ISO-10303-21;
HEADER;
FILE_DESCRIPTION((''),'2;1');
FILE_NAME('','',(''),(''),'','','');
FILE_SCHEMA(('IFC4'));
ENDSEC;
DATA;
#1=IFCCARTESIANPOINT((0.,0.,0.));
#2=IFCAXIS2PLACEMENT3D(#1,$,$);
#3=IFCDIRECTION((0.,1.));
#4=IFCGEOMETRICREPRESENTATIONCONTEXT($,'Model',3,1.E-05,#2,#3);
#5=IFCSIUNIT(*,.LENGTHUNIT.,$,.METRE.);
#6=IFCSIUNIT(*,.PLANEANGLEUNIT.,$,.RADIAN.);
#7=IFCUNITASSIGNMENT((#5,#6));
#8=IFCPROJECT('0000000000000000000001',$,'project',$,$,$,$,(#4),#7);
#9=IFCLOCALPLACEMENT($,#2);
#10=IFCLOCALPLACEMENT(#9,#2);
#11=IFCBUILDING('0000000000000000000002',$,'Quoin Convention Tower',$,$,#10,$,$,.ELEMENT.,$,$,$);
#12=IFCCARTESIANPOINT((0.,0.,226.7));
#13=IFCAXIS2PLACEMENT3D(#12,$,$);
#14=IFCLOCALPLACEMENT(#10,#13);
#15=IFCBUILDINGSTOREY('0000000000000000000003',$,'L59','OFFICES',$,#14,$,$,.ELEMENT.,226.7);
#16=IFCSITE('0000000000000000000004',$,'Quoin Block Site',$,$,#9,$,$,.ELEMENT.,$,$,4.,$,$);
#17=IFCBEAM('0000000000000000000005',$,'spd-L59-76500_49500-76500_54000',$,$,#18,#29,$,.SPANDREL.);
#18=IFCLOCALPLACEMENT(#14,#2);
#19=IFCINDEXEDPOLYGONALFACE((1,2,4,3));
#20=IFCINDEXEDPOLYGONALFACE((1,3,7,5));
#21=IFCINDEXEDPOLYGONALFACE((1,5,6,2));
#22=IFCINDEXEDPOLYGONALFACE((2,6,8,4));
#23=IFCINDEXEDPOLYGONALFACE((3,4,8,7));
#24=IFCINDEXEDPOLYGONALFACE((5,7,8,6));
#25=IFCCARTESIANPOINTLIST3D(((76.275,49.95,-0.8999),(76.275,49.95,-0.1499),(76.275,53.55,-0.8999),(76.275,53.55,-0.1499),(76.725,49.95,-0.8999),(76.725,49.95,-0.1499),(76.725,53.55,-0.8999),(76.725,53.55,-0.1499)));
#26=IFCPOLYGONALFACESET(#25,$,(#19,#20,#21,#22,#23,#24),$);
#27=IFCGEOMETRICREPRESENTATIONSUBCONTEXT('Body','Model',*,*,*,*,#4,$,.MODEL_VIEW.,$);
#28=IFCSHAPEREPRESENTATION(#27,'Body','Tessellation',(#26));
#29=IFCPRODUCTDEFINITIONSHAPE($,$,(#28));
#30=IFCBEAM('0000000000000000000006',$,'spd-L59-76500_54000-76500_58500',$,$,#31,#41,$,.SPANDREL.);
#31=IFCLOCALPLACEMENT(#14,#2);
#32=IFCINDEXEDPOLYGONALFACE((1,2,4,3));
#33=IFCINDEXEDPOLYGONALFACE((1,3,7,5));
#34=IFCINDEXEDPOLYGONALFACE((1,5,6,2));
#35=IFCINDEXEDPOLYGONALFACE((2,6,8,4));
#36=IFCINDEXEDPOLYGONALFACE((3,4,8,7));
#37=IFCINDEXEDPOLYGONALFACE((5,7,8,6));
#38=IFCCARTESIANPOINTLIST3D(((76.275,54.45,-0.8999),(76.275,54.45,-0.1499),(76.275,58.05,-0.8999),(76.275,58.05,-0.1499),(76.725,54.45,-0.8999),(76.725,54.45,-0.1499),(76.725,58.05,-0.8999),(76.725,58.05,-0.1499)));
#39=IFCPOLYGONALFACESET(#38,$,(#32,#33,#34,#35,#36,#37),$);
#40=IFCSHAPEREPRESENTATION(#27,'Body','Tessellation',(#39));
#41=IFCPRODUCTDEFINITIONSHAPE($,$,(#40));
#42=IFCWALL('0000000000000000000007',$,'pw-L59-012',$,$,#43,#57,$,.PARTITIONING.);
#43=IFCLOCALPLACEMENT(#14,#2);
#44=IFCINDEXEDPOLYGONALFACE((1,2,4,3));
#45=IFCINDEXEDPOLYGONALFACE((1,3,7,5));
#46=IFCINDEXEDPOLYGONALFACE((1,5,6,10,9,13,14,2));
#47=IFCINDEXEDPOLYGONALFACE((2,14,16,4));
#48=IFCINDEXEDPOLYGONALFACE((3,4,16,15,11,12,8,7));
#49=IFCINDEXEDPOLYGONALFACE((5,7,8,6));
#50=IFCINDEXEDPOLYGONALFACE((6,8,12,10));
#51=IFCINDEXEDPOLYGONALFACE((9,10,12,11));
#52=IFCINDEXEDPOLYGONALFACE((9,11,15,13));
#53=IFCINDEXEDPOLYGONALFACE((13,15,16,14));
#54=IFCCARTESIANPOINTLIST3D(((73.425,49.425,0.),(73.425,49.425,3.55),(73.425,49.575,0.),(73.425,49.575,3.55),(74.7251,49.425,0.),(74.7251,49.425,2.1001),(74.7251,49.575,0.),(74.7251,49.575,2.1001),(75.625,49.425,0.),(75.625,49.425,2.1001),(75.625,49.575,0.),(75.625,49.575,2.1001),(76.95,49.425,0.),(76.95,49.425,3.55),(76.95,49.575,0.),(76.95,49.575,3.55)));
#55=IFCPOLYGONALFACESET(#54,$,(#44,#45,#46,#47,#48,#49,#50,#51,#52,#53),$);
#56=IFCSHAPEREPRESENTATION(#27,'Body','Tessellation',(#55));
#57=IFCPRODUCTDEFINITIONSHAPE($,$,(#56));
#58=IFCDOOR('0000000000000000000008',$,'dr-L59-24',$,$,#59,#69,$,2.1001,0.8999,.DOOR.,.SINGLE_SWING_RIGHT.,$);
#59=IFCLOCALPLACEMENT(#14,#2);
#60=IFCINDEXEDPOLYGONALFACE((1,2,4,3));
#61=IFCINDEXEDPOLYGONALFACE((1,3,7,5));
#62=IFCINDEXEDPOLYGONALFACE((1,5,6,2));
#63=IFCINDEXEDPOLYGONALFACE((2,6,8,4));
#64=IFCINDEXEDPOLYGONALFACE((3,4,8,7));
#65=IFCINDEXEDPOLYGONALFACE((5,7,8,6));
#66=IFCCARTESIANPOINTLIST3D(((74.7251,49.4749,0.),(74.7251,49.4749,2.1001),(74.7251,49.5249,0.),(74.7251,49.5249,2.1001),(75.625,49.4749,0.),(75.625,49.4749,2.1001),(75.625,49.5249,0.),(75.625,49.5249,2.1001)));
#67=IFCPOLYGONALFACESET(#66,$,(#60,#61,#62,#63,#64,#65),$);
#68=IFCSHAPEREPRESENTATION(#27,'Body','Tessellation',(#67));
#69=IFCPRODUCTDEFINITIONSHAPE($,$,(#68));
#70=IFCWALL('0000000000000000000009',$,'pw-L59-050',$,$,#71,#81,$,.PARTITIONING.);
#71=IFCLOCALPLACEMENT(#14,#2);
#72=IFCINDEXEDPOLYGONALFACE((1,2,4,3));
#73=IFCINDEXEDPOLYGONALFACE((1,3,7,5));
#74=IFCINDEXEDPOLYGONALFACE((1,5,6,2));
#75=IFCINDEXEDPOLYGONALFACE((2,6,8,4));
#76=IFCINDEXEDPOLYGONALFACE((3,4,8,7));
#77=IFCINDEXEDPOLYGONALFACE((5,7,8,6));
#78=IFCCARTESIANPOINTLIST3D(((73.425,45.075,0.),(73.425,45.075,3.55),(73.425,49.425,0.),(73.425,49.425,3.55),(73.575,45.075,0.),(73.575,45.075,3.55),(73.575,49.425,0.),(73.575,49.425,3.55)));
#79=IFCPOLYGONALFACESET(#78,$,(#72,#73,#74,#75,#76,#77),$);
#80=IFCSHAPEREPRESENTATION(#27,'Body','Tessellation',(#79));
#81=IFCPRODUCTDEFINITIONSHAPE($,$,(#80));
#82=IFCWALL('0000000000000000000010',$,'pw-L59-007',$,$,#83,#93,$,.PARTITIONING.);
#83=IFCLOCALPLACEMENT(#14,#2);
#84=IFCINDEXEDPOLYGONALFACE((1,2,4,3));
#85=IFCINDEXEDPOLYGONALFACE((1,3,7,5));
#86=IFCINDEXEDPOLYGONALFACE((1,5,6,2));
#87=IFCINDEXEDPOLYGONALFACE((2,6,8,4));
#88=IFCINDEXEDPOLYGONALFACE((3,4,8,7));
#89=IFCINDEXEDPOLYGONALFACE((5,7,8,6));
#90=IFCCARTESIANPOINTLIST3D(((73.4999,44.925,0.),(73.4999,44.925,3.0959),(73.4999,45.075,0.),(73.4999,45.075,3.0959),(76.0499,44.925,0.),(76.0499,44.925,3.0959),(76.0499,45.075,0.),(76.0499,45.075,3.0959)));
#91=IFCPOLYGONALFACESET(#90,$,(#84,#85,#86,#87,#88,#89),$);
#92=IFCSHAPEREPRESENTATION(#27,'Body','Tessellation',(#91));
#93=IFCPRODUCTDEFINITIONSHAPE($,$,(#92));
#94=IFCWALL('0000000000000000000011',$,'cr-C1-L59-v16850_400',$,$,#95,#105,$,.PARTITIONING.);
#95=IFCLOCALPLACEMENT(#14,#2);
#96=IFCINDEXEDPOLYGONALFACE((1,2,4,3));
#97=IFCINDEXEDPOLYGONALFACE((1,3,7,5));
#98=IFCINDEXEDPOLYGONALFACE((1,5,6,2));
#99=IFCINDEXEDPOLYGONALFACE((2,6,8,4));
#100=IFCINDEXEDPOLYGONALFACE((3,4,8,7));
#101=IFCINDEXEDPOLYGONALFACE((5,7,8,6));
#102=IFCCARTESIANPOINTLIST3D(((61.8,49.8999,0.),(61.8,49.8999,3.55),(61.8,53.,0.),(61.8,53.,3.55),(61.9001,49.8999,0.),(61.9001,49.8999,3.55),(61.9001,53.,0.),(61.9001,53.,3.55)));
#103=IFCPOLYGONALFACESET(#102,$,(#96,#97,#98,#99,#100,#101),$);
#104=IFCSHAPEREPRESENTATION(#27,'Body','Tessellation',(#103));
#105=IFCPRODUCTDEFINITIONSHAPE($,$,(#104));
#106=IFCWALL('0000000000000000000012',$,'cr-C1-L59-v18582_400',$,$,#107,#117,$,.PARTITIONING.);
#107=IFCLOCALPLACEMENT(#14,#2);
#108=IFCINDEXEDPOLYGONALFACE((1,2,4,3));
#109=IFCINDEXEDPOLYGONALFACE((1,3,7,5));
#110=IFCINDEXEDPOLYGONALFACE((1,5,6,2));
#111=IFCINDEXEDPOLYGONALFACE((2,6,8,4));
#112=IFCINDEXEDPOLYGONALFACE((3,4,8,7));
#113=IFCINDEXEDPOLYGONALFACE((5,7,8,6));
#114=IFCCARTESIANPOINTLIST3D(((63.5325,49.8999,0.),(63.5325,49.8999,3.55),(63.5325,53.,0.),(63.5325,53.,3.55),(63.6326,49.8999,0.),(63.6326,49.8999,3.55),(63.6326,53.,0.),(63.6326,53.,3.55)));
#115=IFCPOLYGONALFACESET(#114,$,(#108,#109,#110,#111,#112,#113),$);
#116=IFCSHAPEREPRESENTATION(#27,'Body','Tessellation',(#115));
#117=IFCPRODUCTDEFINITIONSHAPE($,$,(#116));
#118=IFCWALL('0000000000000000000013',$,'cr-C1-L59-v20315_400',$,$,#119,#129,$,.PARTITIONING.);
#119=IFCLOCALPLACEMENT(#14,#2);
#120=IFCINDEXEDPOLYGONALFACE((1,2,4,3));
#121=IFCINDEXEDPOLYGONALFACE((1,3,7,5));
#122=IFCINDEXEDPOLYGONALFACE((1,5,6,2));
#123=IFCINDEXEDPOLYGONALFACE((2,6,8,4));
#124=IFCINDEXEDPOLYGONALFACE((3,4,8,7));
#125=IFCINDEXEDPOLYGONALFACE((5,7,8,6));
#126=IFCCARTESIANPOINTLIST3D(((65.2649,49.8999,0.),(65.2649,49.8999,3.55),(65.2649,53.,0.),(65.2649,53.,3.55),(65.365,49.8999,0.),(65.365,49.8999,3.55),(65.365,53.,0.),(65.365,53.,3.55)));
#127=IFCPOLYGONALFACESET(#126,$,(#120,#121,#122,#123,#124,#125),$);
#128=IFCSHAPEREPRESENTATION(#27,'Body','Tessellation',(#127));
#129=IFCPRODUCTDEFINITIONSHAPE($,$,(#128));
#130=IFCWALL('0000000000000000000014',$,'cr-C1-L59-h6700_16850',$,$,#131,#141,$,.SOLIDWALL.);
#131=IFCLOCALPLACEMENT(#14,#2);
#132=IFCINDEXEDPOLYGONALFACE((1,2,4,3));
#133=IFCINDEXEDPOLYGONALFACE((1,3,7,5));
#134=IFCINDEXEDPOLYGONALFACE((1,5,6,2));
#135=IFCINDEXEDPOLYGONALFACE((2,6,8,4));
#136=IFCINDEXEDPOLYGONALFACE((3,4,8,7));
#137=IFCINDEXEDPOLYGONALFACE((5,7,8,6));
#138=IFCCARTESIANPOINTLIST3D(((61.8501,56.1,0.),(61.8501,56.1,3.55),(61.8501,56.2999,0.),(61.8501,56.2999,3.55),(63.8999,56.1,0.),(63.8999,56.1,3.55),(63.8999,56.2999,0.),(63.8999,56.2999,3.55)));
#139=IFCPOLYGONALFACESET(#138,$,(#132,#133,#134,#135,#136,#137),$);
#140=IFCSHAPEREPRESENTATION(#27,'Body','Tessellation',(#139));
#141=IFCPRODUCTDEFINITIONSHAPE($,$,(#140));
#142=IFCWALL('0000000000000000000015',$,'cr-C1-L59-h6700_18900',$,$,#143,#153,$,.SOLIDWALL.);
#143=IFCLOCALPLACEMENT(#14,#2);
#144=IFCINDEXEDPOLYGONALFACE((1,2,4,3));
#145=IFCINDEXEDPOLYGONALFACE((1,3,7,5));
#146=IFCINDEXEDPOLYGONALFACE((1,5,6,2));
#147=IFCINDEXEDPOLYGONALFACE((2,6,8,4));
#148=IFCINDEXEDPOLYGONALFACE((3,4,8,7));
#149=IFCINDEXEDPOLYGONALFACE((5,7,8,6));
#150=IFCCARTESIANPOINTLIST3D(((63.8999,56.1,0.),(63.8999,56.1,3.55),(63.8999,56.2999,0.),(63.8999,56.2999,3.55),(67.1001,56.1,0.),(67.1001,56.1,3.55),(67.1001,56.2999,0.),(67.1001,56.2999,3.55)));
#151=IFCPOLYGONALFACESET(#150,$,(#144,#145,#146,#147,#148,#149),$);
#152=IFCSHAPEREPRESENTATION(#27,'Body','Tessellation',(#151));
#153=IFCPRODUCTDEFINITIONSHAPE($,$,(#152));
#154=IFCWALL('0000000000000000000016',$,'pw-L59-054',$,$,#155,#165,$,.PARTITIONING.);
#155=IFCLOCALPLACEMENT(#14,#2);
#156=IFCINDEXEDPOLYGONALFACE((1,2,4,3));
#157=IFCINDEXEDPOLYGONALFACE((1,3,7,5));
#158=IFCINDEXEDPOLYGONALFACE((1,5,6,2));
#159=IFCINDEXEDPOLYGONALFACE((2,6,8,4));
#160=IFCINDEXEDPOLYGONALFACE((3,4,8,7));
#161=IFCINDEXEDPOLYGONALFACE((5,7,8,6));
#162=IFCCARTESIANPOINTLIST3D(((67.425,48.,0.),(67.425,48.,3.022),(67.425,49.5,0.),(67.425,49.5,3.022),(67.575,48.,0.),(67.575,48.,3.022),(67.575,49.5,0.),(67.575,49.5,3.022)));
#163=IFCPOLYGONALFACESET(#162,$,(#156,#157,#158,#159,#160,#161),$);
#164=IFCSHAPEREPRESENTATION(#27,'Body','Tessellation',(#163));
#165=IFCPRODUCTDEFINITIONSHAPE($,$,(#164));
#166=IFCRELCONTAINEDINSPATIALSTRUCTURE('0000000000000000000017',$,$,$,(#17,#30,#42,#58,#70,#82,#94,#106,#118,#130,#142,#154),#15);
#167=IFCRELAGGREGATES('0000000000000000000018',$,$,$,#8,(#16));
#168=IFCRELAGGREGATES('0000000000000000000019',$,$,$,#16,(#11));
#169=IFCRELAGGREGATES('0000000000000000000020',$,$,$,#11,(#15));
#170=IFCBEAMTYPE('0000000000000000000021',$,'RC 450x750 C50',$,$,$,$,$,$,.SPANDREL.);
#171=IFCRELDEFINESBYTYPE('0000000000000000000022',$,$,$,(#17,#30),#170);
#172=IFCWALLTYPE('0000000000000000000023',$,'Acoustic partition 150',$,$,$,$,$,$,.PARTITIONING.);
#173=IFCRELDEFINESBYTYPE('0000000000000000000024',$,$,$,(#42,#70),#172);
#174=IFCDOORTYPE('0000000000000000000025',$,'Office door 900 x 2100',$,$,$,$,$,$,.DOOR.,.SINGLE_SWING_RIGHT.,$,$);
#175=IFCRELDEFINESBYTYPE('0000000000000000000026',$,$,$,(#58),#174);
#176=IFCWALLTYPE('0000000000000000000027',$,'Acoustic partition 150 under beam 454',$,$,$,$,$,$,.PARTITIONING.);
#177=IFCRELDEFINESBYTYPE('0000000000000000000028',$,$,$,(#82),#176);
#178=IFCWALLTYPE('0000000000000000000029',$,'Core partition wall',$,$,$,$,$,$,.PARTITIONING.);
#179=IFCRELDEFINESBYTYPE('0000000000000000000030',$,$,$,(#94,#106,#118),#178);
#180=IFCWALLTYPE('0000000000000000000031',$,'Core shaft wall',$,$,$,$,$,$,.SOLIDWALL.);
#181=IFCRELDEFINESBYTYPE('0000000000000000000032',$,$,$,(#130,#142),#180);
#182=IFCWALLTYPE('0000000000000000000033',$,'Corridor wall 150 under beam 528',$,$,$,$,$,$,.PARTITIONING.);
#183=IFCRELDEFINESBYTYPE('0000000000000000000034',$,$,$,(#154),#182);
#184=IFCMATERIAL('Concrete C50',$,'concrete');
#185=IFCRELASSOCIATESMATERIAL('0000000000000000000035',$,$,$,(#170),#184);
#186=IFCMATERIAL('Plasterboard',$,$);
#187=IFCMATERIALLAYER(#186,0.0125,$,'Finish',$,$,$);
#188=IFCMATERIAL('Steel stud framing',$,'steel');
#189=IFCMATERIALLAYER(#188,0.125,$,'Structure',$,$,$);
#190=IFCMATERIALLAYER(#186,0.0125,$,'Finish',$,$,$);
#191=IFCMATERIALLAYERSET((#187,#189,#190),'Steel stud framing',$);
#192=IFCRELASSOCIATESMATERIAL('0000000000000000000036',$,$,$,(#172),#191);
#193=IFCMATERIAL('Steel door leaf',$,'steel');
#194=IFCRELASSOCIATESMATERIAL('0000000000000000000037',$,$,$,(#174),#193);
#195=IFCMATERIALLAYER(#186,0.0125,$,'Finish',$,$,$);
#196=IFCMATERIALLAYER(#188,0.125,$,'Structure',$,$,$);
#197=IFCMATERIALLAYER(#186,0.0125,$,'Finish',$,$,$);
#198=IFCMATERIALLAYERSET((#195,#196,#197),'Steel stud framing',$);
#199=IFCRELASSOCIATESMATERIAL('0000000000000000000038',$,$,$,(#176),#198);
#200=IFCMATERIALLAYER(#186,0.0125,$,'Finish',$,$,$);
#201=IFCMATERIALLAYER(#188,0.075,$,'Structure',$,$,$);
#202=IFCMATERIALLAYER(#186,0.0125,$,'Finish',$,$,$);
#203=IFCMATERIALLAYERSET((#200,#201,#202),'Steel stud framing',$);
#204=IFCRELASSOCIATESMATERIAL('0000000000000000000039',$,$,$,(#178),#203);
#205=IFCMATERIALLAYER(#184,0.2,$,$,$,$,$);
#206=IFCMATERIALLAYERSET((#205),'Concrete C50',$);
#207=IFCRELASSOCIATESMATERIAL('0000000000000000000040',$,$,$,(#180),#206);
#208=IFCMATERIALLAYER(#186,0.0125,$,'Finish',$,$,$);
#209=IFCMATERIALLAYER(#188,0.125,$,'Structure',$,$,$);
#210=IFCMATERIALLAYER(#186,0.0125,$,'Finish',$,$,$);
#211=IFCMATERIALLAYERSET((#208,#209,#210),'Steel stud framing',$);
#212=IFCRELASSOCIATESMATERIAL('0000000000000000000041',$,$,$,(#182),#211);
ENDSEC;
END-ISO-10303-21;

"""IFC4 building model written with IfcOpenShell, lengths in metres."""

from ifc_helpers import new_model, si_unit, direction, frame, frame_2d, origin, origin_2d, place, context, subcontext, project, spatial, rectangle, extrude, material, layer, layer_set, material_profile, profile_set, type_object, element, fill, save


model = new_model("IFC4")

# Units and contexts
model_context = context("Model", 3, precision=1e-05, world=origin(), true_north=direction((0.0, 1.0)))
body_context = subcontext(model_context, "Body", "Model", "MODEL_VIEW")
ifc_project = project(units=[si_unit("LENGTHUNIT", "METRE"), si_unit("PLANEANGLEUNIT", "RADIAN")], contexts=[model_context])

# Site, building, storey
site_placement = place(None, origin())
site = spatial("IfcSite", under=ifc_project, at=site_placement, Name="Quoin Block Site", CompositionType="ELEMENT", RefElevation=4.0)
building_placement = place(site_placement, origin())
building = spatial("IfcBuilding", under=site, at=building_placement, Name="Quoin Convention Tower", CompositionType="ELEMENT")
storey_placement = place(building_placement, frame((0.0, 0.0, 226.7)))
storey = spatial("IfcBuildingStorey", under=building, at=storey_placement, Name="L59", Description="OFFICES", CompositionType="ELEMENT", Elevation=226.7)

# Shared definitions
ifc_material_1 = material(Name="Concrete C50", Category="concrete")

# Beams
ifc_material_profile_1 = material_profile(ifc_material_1, rectangle(XDim=0.45, YDim=0.75, at=origin_2d()), Name="RC 450x750")
ifc_profile_set_1 = profile_set([ifc_material_profile_1], Name="Concrete C50")
beam_type_1 = type_object("IfcBeamType", Name="RC 450x750 C50", PredefinedType="SPANDREL", material=ifc_profile_set_1)
for number, where, z_axis, x_axis, name in (
    (1, (76.5, 49.95, -0.5249), (0.0, 1.0, 0.0), (-1.0, 0.0, 0.0), "spd-L59-76500_49500-76500_54000"),
    (2, (76.5, 54.45, -0.5249), (0.0, 1.0, 0.0), (-1.0, 0.0, 0.0), "spd-L59-76500_54000-76500_58500"),
):
    element("IfcBeam", number, at=place(storey_placement, frame(where, z_axis=z_axis, x_axis=x_axis)), inside=storey, type_object=beam_type_1, Name=name, PredefinedType="SPANDREL", context=body_context, shape_type="SweptSolid", body=[
        extrude(rectangle(XDim=0.45, YDim=0.75, at=origin_2d()), origin(), (0.0, 0.0, 1.0), 3.6001),
    ])

# Wall, opening, door
ifc_material_2 = material(Name="Plasterboard")
ifc_layer_1 = layer(ifc_material_2, 0.0125, Name="Finish")
ifc_material_3 = material(Name="Steel stud framing", Category="steel")
ifc_layer_2 = layer(ifc_material_3, 0.125, Name="Structure")
ifc_layer_3 = layer(ifc_material_2, 0.0125, Name="Finish")
ifc_layer_set_1 = layer_set([ifc_layer_1, ifc_layer_2, ifc_layer_3], Name="Steel stud framing")
wall_type_1 = type_object("IfcWallType", Name="Acoustic partition 150", PredefinedType="PARTITIONING", material=ifc_layer_set_1)
wall_1_placement = place(storey_placement, frame((73.425, 49.5, 0.0), z_axis=(0.0, 0.0, 1.0), x_axis=(1.0, 0.0, 0.0)))
wall_1 = element("IfcWall", 3, at=wall_1_placement, inside=storey, type_object=wall_type_1, Name="pw-L59-012", PredefinedType="PARTITIONING", context=body_context, shape_type="SweptSolid", body=[
    extrude(rectangle(XDim=3.5249, YDim=0.1499, at=frame_2d((1.7625, 0.0))), origin(), (0.0, 0.0, 1.0), 3.55),
])
opening_1_placement = place(wall_1_placement, frame((1.3, 0.0, 0.0)))
opening_1 = element("IfcOpeningElement", 4, at=opening_1_placement, cuts=wall_1, PredefinedType="OPENING", context=body_context, shape_type="SweptSolid", body=[
    extrude(rectangle(XDim=0.8999, YDim=2.1001, at=frame_2d((0.45, 1.05))), frame((0.0, 0.085, 0.0), z_axis=(0.0, -1.0, 0.0), x_axis=(1.0, 0.0, 0.0)), (0.0, 0.0, 1.0), 0.1699),
])
ifc_material_4 = material(Name="Steel door leaf", Category="steel")
door_type_1 = type_object("IfcDoorType", Name="Office door 900 x 2100", OperationType="SINGLE_SWING_RIGHT", PredefinedType="DOOR", material=ifc_material_4)
door_1_placement = place(opening_1_placement, origin())
door_1 = element("IfcDoor", 5, at=door_1_placement, inside=storey, type_object=door_type_1, Name="dr-L59-24", OperationType="SINGLE_SWING_RIGHT", OverallHeight=2.1001, OverallWidth=0.8999, PredefinedType="DOOR", context=body_context, shape_type="SweptSolid", body=[
    extrude(rectangle(XDim=0.8999, YDim=2.1001, at=frame_2d((0.45, 1.05))), frame((0.0, 0.0249, 0.0), z_axis=(0.0, -1.0, 0.0), x_axis=(1.0, 0.0, 0.0)), (0.0, 0.0, 1.0), 0.05),
])
fill(opening_1, door_1)

# Walls
wall_2_placement = place(storey_placement, frame((73.5, 45.075, 0.0), z_axis=(0.0, 0.0, 1.0), x_axis=(0.0, 1.0, 0.0)))
element("IfcWall", 6, at=wall_2_placement, inside=storey, type_object=wall_type_1, Name="pw-L59-050", PredefinedType="PARTITIONING", context=body_context, shape_type="SweptSolid", body=[
    extrude(rectangle(XDim=4.3501, YDim=0.1499, at=frame_2d((2.175, 0.0))), origin(), (0.0, 0.0, 1.0), 3.55),
])
ifc_layer_4 = layer(ifc_material_2, 0.0125, Name="Finish")
ifc_layer_5 = layer(ifc_material_3, 0.125, Name="Structure")
ifc_layer_6 = layer(ifc_material_2, 0.0125, Name="Finish")
ifc_layer_set_2 = layer_set([ifc_layer_4, ifc_layer_5, ifc_layer_6], Name="Steel stud framing")
wall_type_2 = type_object("IfcWallType", Name="Acoustic partition 150 under beam 454", PredefinedType="PARTITIONING", material=ifc_layer_set_2)
wall_3_placement = place(storey_placement, frame((73.5, 45.0, 0.0), z_axis=(0.0, 0.0, 1.0), x_axis=(1.0, 0.0, 0.0)))
element("IfcWall", 7, at=wall_3_placement, inside=storey, type_object=wall_type_2, Name="pw-L59-007", PredefinedType="PARTITIONING", context=body_context, shape_type="SweptSolid", body=[
    extrude(rectangle(XDim=2.55, YDim=0.1499, at=frame_2d((1.2749, 0.0))), origin(), (0.0, 0.0, 1.0), 3.0959),
])
ifc_layer_7 = layer(ifc_material_2, 0.0125, Name="Finish")
ifc_layer_8 = layer(ifc_material_3, 0.075, Name="Structure")
ifc_layer_9 = layer(ifc_material_2, 0.0125, Name="Finish")
ifc_layer_set_3 = layer_set([ifc_layer_7, ifc_layer_8, ifc_layer_9], Name="Steel stud framing")
wall_type_3 = type_object("IfcWallType", Name="Core partition wall", PredefinedType="PARTITIONING", material=ifc_layer_set_3)
for number, where, z_axis, x_axis, name in (
    (8, (61.8501, 49.8999, 0.0), (0.0, 0.0, 1.0), (0.0, 1.0, 0.0), "cr-C1-L59-v16850_400"),
    (9, (63.5825, 49.8999, 0.0), (0.0, 0.0, 1.0), (0.0, 1.0, 0.0), "cr-C1-L59-v18582_400"),
    (10, (65.3149, 49.8999, 0.0), (0.0, 0.0, 1.0), (0.0, 1.0, 0.0), "cr-C1-L59-v20315_400"),
):
    element("IfcWall", number, at=place(storey_placement, frame(where, z_axis=z_axis, x_axis=x_axis)), inside=storey, type_object=wall_type_3, Name=name, PredefinedType="PARTITIONING", context=body_context, shape_type="SweptSolid", body=[
        extrude(rectangle(XDim=3.1001, YDim=0.1001, at=frame_2d((1.55, 0.0))), origin(), (0.0, 0.0, 1.0), 3.55),
    ])
ifc_layer_10 = layer(ifc_material_1, 0.2)
ifc_layer_set_4 = layer_set([ifc_layer_10], Name="Concrete C50")
wall_type_4 = type_object("IfcWallType", Name="Core shaft wall", PredefinedType="SOLIDWALL", material=ifc_layer_set_4)
wall_4_placement = place(storey_placement, frame((61.8501, 56.2, 0.0), z_axis=(0.0, 0.0, 1.0), x_axis=(1.0, 0.0, 0.0)))
element("IfcWall", 11, at=wall_4_placement, inside=storey, type_object=wall_type_4, Name="cr-C1-L59-h6700_16850", PredefinedType="SOLIDWALL", context=body_context, shape_type="SweptSolid", body=[
    extrude(rectangle(XDim=2.0498, YDim=0.2, at=frame_2d((1.0249, 0.0))), origin(), (0.0, 0.0, 1.0), 3.55),
])
wall_5_placement = place(storey_placement, frame((63.8999, 56.2, 0.0), z_axis=(0.0, 0.0, 1.0), x_axis=(1.0, 0.0, 0.0)))
element("IfcWall", 12, at=wall_5_placement, inside=storey, type_object=wall_type_4, Name="cr-C1-L59-h6700_18900", PredefinedType="SOLIDWALL", context=body_context, shape_type="SweptSolid", body=[
    extrude(rectangle(XDim=3.2002, YDim=0.2, at=frame_2d((1.6001, 0.0))), origin(), (0.0, 0.0, 1.0), 3.55),
])
ifc_layer_11 = layer(ifc_material_2, 0.0125, Name="Finish")
ifc_layer_12 = layer(ifc_material_3, 0.125, Name="Structure")
ifc_layer_13 = layer(ifc_material_2, 0.0125, Name="Finish")
ifc_layer_set_5 = layer_set([ifc_layer_11, ifc_layer_12, ifc_layer_13], Name="Steel stud framing")
wall_type_5 = type_object("IfcWallType", Name="Corridor wall 150 under beam 528", PredefinedType="PARTITIONING", material=ifc_layer_set_5)
wall_6_placement = place(storey_placement, frame((67.5, 48.0, 0.0), z_axis=(0.0, 0.0, 1.0), x_axis=(0.0, 1.0, 0.0)))
element("IfcWall", 13, at=wall_6_placement, inside=storey, type_object=wall_type_5, Name="pw-L59-054", PredefinedType="PARTITIONING", context=body_context, shape_type="SweptSolid", body=[
    extrude(rectangle(XDim=1.5, YDim=0.1499, at=frame_2d((0.75, 0.0))), origin(), (0.0, 0.0, 1.0), 3.022),
])

save(model, "model.ifc")
